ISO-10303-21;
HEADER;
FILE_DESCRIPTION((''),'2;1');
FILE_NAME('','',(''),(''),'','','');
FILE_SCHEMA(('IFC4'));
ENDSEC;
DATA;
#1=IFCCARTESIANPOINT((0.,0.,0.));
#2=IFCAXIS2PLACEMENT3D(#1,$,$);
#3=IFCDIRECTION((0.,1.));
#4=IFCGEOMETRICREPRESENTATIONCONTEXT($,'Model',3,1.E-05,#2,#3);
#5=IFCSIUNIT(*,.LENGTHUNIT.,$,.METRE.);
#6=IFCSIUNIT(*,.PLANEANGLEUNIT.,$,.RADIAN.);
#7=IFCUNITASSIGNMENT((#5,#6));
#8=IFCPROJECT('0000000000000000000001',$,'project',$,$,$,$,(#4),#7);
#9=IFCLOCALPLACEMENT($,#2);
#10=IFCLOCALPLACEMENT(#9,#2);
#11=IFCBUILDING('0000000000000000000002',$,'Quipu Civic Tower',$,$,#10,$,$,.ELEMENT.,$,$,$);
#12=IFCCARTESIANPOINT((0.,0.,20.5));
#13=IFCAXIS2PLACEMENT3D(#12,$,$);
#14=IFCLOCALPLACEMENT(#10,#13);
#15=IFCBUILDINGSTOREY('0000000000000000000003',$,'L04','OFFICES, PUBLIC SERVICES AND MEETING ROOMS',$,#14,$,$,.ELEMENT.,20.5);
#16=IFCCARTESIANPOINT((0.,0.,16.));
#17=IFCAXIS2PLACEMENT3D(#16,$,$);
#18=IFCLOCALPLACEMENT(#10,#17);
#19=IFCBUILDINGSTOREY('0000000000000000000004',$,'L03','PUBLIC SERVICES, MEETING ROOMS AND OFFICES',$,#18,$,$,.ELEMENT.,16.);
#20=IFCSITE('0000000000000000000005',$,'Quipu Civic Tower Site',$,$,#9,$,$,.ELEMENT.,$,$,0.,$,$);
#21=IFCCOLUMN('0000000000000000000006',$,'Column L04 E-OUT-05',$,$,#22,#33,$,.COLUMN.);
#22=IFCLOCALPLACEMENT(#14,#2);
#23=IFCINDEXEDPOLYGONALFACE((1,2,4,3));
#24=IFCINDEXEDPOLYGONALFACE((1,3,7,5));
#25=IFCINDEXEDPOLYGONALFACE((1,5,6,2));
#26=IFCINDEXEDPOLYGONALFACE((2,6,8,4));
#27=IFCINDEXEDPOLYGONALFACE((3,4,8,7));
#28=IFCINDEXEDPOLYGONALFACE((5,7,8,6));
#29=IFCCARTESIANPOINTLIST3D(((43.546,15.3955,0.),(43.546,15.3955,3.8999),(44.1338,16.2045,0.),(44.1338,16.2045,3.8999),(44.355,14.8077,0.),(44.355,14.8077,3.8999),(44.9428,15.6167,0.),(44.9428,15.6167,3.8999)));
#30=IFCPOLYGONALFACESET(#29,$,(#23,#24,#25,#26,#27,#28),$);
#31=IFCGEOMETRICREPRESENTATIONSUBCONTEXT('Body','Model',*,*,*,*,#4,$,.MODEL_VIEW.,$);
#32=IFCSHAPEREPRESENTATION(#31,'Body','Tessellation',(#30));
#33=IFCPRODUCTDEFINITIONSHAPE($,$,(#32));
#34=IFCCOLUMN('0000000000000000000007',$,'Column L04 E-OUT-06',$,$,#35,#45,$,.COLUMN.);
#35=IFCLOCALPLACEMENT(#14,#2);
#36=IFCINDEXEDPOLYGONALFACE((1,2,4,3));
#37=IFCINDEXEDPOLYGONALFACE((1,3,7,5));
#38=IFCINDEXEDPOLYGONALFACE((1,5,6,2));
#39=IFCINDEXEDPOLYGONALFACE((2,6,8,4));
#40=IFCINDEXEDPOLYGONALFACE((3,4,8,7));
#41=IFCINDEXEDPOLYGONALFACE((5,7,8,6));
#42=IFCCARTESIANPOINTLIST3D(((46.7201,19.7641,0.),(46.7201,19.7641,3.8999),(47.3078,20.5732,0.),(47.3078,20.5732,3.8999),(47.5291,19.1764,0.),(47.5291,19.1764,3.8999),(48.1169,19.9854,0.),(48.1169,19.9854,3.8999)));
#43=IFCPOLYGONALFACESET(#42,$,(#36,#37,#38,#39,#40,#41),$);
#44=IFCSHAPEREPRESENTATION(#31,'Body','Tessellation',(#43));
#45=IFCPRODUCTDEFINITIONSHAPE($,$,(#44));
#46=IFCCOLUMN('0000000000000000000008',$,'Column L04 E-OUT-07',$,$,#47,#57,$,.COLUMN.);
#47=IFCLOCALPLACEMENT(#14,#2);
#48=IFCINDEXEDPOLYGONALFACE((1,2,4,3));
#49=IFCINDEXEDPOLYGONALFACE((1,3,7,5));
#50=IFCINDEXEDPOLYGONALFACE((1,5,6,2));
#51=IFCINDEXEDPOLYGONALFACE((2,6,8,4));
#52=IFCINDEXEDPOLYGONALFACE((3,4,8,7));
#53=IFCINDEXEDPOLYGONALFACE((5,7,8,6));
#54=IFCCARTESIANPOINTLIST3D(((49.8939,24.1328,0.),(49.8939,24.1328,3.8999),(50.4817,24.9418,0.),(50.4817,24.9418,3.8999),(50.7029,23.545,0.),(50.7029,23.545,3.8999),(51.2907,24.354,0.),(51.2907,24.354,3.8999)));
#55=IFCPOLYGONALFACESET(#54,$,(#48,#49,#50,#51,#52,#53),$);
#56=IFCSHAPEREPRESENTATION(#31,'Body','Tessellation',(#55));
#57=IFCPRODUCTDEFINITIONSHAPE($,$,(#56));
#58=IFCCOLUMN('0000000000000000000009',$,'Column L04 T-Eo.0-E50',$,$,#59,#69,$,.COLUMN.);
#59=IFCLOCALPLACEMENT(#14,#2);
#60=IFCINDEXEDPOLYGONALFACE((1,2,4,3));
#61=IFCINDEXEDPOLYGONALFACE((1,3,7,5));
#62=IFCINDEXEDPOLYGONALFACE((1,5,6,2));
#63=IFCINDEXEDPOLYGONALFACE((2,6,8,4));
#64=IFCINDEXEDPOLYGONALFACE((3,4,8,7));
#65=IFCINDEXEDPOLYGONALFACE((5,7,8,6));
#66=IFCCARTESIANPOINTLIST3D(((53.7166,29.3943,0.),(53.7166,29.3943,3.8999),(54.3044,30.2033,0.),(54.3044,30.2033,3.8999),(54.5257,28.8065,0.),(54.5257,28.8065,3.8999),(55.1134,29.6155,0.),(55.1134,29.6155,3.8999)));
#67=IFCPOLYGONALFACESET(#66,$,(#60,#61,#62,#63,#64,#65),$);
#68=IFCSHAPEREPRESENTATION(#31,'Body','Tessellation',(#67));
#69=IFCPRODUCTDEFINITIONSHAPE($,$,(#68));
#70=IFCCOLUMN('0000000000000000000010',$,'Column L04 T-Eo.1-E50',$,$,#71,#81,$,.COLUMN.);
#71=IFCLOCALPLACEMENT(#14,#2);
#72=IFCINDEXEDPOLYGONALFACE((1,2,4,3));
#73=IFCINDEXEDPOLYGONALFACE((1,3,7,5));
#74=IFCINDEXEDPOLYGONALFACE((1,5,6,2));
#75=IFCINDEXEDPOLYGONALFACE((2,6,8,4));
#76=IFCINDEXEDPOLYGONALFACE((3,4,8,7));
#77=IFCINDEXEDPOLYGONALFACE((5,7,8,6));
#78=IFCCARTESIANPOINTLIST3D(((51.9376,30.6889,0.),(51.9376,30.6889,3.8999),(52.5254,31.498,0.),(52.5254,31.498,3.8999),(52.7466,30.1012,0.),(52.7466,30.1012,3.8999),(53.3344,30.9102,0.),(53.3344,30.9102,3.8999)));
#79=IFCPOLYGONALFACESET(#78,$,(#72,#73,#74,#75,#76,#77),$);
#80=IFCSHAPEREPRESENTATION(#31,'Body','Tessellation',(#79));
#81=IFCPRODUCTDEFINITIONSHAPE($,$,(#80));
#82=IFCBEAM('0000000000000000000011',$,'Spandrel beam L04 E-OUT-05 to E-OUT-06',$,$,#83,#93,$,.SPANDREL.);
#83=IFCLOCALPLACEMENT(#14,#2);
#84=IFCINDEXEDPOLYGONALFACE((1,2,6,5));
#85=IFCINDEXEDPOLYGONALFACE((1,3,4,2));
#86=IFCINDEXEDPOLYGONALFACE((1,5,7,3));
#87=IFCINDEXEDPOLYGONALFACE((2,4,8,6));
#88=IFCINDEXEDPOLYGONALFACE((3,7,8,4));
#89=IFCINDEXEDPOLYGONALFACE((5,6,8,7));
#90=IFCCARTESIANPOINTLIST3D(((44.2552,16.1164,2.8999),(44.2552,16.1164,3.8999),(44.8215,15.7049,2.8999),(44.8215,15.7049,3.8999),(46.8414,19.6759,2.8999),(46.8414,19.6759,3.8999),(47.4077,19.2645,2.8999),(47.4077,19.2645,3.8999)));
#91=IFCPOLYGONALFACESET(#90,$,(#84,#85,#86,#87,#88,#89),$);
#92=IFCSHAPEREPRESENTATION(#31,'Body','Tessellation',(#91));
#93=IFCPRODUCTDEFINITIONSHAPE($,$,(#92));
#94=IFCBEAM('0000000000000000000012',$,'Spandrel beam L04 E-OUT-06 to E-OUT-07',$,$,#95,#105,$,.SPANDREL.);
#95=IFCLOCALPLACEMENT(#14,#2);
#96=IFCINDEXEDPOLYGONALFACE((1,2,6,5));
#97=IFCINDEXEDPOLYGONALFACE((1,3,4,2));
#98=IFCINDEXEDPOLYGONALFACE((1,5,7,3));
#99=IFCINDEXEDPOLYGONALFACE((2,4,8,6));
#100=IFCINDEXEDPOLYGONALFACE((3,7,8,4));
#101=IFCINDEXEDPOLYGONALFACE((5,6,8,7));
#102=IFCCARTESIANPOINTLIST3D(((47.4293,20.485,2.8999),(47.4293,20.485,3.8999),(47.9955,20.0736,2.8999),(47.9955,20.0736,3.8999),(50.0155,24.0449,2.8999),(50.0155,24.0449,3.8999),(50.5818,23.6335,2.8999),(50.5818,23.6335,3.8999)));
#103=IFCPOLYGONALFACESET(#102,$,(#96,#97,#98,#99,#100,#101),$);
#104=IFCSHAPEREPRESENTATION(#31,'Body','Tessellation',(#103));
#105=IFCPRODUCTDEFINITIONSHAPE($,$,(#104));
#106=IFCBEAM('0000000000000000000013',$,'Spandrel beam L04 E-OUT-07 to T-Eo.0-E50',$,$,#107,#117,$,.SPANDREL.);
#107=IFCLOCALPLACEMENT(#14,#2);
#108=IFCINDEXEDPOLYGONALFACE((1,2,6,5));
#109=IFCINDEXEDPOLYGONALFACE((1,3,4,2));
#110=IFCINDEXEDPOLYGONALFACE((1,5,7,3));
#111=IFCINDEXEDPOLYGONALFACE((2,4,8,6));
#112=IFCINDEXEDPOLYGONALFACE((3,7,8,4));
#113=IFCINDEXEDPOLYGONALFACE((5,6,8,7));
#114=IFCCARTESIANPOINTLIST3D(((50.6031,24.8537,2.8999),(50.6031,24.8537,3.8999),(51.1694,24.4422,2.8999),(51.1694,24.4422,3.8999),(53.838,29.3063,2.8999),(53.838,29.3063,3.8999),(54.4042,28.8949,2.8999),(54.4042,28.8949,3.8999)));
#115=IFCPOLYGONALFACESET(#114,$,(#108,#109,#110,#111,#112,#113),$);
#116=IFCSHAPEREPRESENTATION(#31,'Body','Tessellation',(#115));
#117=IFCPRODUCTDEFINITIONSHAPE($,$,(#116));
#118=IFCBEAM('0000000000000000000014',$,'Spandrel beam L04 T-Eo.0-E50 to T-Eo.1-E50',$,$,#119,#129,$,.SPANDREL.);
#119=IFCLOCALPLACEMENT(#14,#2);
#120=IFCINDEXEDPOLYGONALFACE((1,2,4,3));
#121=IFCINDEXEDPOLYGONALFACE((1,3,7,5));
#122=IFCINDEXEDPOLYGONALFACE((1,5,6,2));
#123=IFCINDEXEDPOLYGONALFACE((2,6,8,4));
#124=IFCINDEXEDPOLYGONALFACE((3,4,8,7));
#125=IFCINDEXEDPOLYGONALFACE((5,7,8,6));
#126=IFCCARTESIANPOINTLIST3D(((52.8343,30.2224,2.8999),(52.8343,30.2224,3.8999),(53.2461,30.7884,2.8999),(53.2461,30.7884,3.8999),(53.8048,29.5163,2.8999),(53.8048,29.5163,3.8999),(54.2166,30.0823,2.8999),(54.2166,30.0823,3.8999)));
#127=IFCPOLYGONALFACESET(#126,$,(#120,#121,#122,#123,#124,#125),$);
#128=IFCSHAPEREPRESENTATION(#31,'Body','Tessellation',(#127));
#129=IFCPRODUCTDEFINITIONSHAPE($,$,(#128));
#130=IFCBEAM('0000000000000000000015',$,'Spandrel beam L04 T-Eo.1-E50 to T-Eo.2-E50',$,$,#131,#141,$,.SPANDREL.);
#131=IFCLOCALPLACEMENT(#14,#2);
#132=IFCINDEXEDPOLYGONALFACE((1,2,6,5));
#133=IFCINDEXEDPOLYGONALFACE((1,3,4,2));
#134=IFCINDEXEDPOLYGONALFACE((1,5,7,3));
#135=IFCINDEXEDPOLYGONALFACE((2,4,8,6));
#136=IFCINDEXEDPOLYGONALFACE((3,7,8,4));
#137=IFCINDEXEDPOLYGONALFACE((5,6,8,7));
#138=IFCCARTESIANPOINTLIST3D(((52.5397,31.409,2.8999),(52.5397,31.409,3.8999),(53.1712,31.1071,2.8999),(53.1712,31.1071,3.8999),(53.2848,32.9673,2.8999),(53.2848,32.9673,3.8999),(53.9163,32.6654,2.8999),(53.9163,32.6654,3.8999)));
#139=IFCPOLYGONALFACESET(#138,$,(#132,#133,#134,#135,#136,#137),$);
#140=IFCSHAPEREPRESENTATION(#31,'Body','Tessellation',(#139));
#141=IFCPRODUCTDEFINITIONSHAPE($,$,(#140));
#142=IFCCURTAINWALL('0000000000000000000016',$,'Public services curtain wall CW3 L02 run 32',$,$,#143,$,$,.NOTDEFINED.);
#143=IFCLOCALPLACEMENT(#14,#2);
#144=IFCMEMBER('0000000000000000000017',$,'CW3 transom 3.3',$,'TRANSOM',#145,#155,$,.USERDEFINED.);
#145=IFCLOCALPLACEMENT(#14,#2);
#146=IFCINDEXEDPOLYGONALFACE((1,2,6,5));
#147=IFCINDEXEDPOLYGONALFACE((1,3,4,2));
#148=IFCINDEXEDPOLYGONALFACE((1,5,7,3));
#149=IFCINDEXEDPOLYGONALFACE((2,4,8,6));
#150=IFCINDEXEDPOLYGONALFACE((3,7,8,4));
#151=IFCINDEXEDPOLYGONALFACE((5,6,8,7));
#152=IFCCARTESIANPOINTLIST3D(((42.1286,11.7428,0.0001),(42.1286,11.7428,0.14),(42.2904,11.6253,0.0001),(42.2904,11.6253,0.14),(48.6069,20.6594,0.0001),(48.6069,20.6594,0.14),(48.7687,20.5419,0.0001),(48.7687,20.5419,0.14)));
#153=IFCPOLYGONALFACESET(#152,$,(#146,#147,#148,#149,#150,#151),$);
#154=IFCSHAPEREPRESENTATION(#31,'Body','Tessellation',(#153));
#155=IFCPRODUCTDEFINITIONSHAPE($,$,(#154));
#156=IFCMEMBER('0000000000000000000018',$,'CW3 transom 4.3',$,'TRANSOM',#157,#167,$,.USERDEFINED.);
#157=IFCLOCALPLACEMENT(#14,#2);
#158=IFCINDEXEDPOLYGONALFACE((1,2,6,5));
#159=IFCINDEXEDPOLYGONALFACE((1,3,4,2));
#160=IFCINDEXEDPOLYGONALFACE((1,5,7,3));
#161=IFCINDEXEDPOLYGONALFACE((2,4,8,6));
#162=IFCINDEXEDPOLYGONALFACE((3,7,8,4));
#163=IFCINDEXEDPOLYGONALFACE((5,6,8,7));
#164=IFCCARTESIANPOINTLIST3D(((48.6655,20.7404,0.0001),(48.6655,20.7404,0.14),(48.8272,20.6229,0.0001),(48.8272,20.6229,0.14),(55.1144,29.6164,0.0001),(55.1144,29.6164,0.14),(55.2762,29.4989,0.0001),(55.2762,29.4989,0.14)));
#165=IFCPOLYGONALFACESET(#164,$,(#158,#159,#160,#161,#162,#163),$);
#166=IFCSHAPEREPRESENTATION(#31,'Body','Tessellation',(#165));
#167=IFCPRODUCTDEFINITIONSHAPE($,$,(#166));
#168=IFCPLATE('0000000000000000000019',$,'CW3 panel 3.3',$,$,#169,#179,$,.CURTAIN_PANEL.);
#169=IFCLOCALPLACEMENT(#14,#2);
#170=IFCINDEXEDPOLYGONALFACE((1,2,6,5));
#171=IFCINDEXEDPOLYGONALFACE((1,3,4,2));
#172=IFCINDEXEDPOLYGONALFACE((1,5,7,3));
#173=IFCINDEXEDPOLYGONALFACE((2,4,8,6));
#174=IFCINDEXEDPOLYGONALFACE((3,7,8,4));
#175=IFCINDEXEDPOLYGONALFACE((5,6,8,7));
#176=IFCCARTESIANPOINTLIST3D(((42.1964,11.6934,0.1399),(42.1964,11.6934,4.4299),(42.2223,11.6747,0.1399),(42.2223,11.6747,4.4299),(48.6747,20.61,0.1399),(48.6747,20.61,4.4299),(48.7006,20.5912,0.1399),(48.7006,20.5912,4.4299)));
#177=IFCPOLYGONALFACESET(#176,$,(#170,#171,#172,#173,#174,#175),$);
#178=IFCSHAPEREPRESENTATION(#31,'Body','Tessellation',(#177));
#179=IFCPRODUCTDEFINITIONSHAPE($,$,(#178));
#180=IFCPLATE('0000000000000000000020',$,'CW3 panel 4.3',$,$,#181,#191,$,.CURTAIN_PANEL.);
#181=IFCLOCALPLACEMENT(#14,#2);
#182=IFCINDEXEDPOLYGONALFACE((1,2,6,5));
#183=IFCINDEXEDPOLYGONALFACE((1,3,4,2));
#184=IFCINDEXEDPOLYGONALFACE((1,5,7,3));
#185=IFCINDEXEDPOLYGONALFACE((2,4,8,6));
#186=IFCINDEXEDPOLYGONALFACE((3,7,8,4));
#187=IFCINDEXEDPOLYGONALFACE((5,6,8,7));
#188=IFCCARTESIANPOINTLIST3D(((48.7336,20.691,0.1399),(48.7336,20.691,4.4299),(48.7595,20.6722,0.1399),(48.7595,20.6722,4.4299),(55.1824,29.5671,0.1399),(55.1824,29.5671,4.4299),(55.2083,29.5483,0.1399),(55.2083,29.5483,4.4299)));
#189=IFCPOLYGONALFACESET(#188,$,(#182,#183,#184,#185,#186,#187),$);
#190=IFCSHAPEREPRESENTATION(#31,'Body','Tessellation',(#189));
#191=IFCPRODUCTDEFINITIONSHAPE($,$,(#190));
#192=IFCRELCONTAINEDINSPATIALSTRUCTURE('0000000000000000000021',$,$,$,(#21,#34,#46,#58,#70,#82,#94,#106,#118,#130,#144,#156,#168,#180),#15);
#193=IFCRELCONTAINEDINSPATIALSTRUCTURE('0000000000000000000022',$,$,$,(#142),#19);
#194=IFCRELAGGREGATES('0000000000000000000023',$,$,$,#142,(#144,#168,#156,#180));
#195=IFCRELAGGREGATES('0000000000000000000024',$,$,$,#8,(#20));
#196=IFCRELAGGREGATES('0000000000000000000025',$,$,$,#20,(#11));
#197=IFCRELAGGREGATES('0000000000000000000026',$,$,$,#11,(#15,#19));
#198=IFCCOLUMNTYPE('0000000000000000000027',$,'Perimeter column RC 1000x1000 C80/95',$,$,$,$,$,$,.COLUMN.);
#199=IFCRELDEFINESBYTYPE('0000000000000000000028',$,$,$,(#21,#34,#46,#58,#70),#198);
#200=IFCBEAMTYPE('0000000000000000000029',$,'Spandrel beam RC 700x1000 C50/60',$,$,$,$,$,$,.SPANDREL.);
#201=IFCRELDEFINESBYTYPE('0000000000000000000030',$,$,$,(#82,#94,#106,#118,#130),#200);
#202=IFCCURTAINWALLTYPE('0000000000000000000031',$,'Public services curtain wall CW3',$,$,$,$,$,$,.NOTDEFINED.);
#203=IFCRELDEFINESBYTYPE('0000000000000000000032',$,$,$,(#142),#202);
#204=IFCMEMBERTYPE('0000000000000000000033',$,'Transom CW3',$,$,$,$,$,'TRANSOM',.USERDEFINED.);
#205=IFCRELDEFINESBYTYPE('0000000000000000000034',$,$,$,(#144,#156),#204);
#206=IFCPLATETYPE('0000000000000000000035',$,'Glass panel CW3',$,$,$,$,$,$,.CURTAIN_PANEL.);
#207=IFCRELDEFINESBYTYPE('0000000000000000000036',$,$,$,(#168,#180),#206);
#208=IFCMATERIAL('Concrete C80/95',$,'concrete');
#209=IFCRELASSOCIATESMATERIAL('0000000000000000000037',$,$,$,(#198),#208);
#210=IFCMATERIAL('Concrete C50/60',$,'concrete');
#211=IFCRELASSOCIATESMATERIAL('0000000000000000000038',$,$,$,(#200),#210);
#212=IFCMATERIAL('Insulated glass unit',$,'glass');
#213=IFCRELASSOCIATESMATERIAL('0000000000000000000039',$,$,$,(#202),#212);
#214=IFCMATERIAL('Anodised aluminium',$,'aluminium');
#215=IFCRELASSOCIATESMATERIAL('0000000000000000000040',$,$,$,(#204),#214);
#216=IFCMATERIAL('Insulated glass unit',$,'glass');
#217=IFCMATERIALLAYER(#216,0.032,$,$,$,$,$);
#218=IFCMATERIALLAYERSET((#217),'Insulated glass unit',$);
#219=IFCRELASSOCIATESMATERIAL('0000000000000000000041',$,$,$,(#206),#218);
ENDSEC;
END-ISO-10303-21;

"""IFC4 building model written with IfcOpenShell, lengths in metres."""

from ifc_helpers import new_model, si_unit, direction, frame, origin, origin_2d, place, context, subcontext, project, spatial, rectangle, extrude, material, layer, layer_set, material_profile, profile_set, type_object, element, aggregate, save


model = new_model("IFC4")

# Units and contexts
model_context = context("Model", 3, precision=1e-05, world=origin(), true_north=direction((0.0, 1.0)))
body_context = subcontext(model_context, "Body", "Model", "MODEL_VIEW")
ifc_project = project(units=[si_unit("LENGTHUNIT", "METRE"), si_unit("PLANEANGLEUNIT", "RADIAN")], contexts=[model_context])

# Site, building, storey
site_placement = place(None, origin())
site = spatial("IfcSite", under=ifc_project, at=site_placement, Name="Quipu Civic Tower Site", CompositionType="ELEMENT", RefElevation=0.0)
building_placement = place(site_placement, origin())
building = spatial("IfcBuilding", under=site, at=building_placement, Name="Quipu Civic Tower", CompositionType="ELEMENT")
storey_1_placement = place(building_placement, frame((0.0, 0.0, 20.5)))
storey_1 = spatial("IfcBuildingStorey", under=building, at=storey_1_placement, Name="L04", Description="OFFICES, PUBLIC SERVICES AND MEETING ROOMS", CompositionType="ELEMENT", Elevation=20.5)

# Columns
ifc_material_1 = material(Name="Concrete C80/95", Category="concrete")
ifc_material_profile_1 = material_profile(ifc_material_1, rectangle(XDim=1.0, YDim=1.0, at=origin_2d()), Name="RC1000x1000")
ifc_profile_set_1 = profile_set([ifc_material_profile_1], Name="Concrete C80/95")
column_type = type_object("IfcColumnType", Name="Perimeter column RC 1000x1000 C80/95", PredefinedType="COLUMN", material=ifc_profile_set_1)
for number, where, z_axis, x_axis, name in (
    (1, (44.2444, 15.5061, 0.0), (0.0, 0.0, 1.0), (0.587785, 0.809017, 0.0), "Column L04 E-OUT-05"),
    (2, (47.4185, 19.8748, 0.0), (0.0, 0.0, 1.0), (0.587785, 0.809017, 0.0), "Column L04 E-OUT-06"),
    (3, (50.5923, 24.2434, 0.0), (0.0, 0.0, 1.0), (0.587785, 0.809017, 0.0), "Column L04 E-OUT-07"),
    (4, (54.415, 29.5049, 0.0), (0.0, 0.0, 1.0), (0.587785, 0.809017, 0.0), "Column L04 T-Eo.0-E50"),
    (5, (52.636, 30.7996, 0.0), (0.0, 0.0, 1.0), (-0.809017, 0.587785, 0.0), "Column L04 T-Eo.1-E50"),
):
    element("IfcColumn", number, at=place(storey_1_placement, frame(where, z_axis=z_axis, x_axis=x_axis)), inside=storey_1, type_object=column_type, Name=name, PredefinedType="COLUMN", context=body_context, shape_type="SweptSolid", body=[
        extrude(rectangle(XDim=1.0, YDim=1.0, at=origin_2d()), origin(), (0.0, 0.0, 1.0), 3.8999),
    ])

# Beams
ifc_material_2 = material(Name="Concrete C50/60", Category="concrete")
ifc_material_profile_2 = material_profile(ifc_material_2, rectangle(XDim=0.7, YDim=1.0, at=origin_2d()), Name="RC700x1000")
ifc_profile_set_2 = profile_set([ifc_material_profile_2], Name="Concrete C50/60")
beam_type = type_object("IfcBeamType", Name="Spandrel beam RC 700x1000 C50/60", PredefinedType="SPANDREL", material=ifc_profile_set_2)
beam_1_placement = place(storey_1_placement, frame((44.5383, 15.9106, 3.3999), z_axis=(0.587786, 0.809017, 0.0), x_axis=(-0.809017, 0.587786, 0.0)))
element("IfcBeam", 6, at=beam_1_placement, inside=storey_1, type_object=beam_type, Name="Spandrel beam L04 E-OUT-05 to E-OUT-06", PredefinedType="SPANDREL", context=body_context, shape_type="SweptSolid", body=[
    extrude(rectangle(XDim=0.7, YDim=1.0, at=origin_2d()), origin(), (0.0, 0.0, 1.0), 4.3999),
])
beam_2_placement = place(storey_1_placement, frame((47.7124, 20.2793, 3.3999), z_axis=(0.587759, 0.809036, 0.0), x_axis=(-0.809036, 0.587759, 0.0)))
element("IfcBeam", 7, at=beam_2_placement, inside=storey_1, type_object=beam_type, Name="Spandrel beam L04 E-OUT-06 to E-OUT-07", PredefinedType="SPANDREL", context=body_context, shape_type="SweptSolid", body=[
    extrude(rectangle(XDim=0.7, YDim=1.0, at=origin_2d()), origin(), (0.0, 0.0, 1.0), 4.4001),
])
beam_3_placement = place(storey_1_placement, frame((50.8862, 24.6479, 3.3999), z_axis=(0.587765, 0.809031, 0.0), x_axis=(-0.809031, 0.587765, 0.0)))
element("IfcBeam", 8, at=beam_3_placement, inside=storey_1, type_object=beam_type, Name="Spandrel beam L04 E-OUT-07 to T-Eo.0-E50", PredefinedType="SPANDREL", context=body_context, shape_type="SweptSolid", body=[
    extrude(rectangle(XDim=0.7, YDim=1.0, at=origin_2d()), origin(), (0.0, 0.0, 1.0), 5.5037),
])
beam_4_placement = place(storey_1_placement, frame((54.0107, 29.7993, 3.3999), z_axis=(-0.808631, 0.588317, 0.0), x_axis=(-0.588317, -0.808631, 0.0)))
element("IfcBeam", 9, at=beam_4_placement, inside=storey_1, type_object=beam_type, Name="Spandrel beam L04 T-Eo.0-E50 to T-Eo.1-E50", PredefinedType="SPANDREL", context=body_context, shape_type="SweptSolid", body=[
    extrude(rectangle(XDim=0.7, YDim=1.0, at=origin_2d()), origin(), (0.0, 0.0, 1.0), 1.2002),
])
beam_5_placement = place(storey_1_placement, frame((52.8555, 31.2581, 3.3999), z_axis=(0.43137, 0.902175, 0.0), x_axis=(-0.902175, 0.43137, 0.0)))
element("IfcBeam", 10, at=beam_5_placement, inside=storey_1, type_object=beam_type, Name="Spandrel beam L04 T-Eo.1-E50 to T-Eo.2-E50", PredefinedType="SPANDREL", context=body_context, shape_type="SweptSolid", body=[
    extrude(rectangle(XDim=0.7, YDim=1.0, at=origin_2d()), origin(), (0.0, 0.0, 1.0), 1.7273),
])

# Shared definitions
storey_2_placement = place(building_placement, frame((0.0, 0.0, 16.0)))
storey_2 = spatial("IfcBuildingStorey", under=building, at=storey_2_placement, Name="L03", Description="PUBLIC SERVICES, MEETING ROOMS AND OFFICES", CompositionType="ELEMENT", Elevation=16.0)

# Curtain wall, members, plates
ifc_material_3 = material(Name="Insulated glass unit", Category="glass")
curtain_wall_type = type_object("IfcCurtainWallType", Name="Public services curtain wall CW3", PredefinedType="NOTDEFINED", material=ifc_material_3)
curtain_wall_placement = place(storey_2_placement, origin())
curtain_wall = element("IfcCurtainWall", 11, at=curtain_wall_placement, inside=storey_2, type_object=curtain_wall_type, Name="Public services curtain wall CW3 L02 run 32", PredefinedType="NOTDEFINED")
ifc_material_4 = material(Name="Anodised aluminium", Category="aluminium")
ifc_material_profile_3 = material_profile(ifc_material_4, rectangle(XDim=0.2, YDim=0.1399, at=origin_2d()), Name="RECT 200x140")
ifc_profile_set_3 = profile_set([ifc_material_profile_3], Name="Anodised aluminium")
member_type = type_object("IfcMemberType", Name="Transom CW3", ElementType="TRANSOM", PredefinedType="USERDEFINED", material=ifc_profile_set_3)
member_1_placement = place(storey_1_placement, frame((42.2095, 11.6841, 0.0701), z_axis=(0.587788, 0.809015, 0.0), x_axis=(-0.809015, 0.587788, 0.0)))
member_1 = element("IfcMember", 12, at=member_1_placement, inside=storey_1, type_object=member_type, Name="CW3 transom 3.3", ObjectType="TRANSOM", PredefinedType="USERDEFINED", context=body_context, shape_type="SweptSolid", body=[
    extrude(rectangle(XDim=0.2, YDim=0.1399, at=origin_2d()), origin(), (0.0, 0.0, 1.0), 11.0215),
])
member_2_placement = place(storey_1_placement, frame((48.7463, 20.6816, 0.0701), z_axis=(0.587797, 0.809008, 0.0), x_axis=(-0.809008, 0.587797, 0.0)))
member_2 = element("IfcMember", 13, at=member_2_placement, inside=storey_1, type_object=member_type, Name="CW3 transom 4.3", ObjectType="TRANSOM", PredefinedType="USERDEFINED", context=body_context, shape_type="SweptSolid", body=[
    extrude(rectangle(XDim=0.2, YDim=0.1399, at=origin_2d()), origin(), (0.0, 0.0, 1.0), 10.9714),
])
ifc_material_5 = material(Name="Insulated glass unit", Category="glass")
ifc_layer_1 = layer(ifc_material_5, 0.032)
ifc_layer_set_1 = layer_set([ifc_layer_1], Name="Insulated glass unit")
plate_type_1 = type_object("IfcPlateType", Name="Glass panel CW3", PredefinedType="CURTAIN_PANEL", material=ifc_layer_set_1)
plate_1_placement = place(storey_1_placement, frame((45.4485, 16.1423, 0.1399), z_axis=(0.0, 0.0, 1.0), x_axis=(0.587785, 0.809017, 0.0)))
plate_1 = element("IfcPlate", 14, at=plate_1_placement, inside=storey_1, type_object=plate_type_1, Name="CW3 panel 3.3", PredefinedType="CURTAIN_PANEL", context=body_context, shape_type="SweptSolid", body=[
    extrude(rectangle(XDim=11.0215, YDim=0.032, at=origin_2d()), origin(), (0.0, 0.0, 1.0), 4.29),
])
plate_2_placement = place(storey_1_placement, frame((51.9709, 25.1196, 0.1399), z_axis=(0.0, 0.0, 1.0), x_axis=(0.587785, 0.809017, 0.0)))
plate_2 = element("IfcPlate", 15, at=plate_2_placement, inside=storey_1, type_object=plate_type_1, Name="CW3 panel 4.3", PredefinedType="CURTAIN_PANEL", context=body_context, shape_type="SweptSolid", body=[
    extrude(rectangle(XDim=10.9714, YDim=0.032, at=origin_2d()), origin(), (0.0, 0.0, 1.0), 4.29),
])
aggregate(curtain_wall, [member_1, plate_1, member_2, plate_2])

save(model, "model.ifc")
